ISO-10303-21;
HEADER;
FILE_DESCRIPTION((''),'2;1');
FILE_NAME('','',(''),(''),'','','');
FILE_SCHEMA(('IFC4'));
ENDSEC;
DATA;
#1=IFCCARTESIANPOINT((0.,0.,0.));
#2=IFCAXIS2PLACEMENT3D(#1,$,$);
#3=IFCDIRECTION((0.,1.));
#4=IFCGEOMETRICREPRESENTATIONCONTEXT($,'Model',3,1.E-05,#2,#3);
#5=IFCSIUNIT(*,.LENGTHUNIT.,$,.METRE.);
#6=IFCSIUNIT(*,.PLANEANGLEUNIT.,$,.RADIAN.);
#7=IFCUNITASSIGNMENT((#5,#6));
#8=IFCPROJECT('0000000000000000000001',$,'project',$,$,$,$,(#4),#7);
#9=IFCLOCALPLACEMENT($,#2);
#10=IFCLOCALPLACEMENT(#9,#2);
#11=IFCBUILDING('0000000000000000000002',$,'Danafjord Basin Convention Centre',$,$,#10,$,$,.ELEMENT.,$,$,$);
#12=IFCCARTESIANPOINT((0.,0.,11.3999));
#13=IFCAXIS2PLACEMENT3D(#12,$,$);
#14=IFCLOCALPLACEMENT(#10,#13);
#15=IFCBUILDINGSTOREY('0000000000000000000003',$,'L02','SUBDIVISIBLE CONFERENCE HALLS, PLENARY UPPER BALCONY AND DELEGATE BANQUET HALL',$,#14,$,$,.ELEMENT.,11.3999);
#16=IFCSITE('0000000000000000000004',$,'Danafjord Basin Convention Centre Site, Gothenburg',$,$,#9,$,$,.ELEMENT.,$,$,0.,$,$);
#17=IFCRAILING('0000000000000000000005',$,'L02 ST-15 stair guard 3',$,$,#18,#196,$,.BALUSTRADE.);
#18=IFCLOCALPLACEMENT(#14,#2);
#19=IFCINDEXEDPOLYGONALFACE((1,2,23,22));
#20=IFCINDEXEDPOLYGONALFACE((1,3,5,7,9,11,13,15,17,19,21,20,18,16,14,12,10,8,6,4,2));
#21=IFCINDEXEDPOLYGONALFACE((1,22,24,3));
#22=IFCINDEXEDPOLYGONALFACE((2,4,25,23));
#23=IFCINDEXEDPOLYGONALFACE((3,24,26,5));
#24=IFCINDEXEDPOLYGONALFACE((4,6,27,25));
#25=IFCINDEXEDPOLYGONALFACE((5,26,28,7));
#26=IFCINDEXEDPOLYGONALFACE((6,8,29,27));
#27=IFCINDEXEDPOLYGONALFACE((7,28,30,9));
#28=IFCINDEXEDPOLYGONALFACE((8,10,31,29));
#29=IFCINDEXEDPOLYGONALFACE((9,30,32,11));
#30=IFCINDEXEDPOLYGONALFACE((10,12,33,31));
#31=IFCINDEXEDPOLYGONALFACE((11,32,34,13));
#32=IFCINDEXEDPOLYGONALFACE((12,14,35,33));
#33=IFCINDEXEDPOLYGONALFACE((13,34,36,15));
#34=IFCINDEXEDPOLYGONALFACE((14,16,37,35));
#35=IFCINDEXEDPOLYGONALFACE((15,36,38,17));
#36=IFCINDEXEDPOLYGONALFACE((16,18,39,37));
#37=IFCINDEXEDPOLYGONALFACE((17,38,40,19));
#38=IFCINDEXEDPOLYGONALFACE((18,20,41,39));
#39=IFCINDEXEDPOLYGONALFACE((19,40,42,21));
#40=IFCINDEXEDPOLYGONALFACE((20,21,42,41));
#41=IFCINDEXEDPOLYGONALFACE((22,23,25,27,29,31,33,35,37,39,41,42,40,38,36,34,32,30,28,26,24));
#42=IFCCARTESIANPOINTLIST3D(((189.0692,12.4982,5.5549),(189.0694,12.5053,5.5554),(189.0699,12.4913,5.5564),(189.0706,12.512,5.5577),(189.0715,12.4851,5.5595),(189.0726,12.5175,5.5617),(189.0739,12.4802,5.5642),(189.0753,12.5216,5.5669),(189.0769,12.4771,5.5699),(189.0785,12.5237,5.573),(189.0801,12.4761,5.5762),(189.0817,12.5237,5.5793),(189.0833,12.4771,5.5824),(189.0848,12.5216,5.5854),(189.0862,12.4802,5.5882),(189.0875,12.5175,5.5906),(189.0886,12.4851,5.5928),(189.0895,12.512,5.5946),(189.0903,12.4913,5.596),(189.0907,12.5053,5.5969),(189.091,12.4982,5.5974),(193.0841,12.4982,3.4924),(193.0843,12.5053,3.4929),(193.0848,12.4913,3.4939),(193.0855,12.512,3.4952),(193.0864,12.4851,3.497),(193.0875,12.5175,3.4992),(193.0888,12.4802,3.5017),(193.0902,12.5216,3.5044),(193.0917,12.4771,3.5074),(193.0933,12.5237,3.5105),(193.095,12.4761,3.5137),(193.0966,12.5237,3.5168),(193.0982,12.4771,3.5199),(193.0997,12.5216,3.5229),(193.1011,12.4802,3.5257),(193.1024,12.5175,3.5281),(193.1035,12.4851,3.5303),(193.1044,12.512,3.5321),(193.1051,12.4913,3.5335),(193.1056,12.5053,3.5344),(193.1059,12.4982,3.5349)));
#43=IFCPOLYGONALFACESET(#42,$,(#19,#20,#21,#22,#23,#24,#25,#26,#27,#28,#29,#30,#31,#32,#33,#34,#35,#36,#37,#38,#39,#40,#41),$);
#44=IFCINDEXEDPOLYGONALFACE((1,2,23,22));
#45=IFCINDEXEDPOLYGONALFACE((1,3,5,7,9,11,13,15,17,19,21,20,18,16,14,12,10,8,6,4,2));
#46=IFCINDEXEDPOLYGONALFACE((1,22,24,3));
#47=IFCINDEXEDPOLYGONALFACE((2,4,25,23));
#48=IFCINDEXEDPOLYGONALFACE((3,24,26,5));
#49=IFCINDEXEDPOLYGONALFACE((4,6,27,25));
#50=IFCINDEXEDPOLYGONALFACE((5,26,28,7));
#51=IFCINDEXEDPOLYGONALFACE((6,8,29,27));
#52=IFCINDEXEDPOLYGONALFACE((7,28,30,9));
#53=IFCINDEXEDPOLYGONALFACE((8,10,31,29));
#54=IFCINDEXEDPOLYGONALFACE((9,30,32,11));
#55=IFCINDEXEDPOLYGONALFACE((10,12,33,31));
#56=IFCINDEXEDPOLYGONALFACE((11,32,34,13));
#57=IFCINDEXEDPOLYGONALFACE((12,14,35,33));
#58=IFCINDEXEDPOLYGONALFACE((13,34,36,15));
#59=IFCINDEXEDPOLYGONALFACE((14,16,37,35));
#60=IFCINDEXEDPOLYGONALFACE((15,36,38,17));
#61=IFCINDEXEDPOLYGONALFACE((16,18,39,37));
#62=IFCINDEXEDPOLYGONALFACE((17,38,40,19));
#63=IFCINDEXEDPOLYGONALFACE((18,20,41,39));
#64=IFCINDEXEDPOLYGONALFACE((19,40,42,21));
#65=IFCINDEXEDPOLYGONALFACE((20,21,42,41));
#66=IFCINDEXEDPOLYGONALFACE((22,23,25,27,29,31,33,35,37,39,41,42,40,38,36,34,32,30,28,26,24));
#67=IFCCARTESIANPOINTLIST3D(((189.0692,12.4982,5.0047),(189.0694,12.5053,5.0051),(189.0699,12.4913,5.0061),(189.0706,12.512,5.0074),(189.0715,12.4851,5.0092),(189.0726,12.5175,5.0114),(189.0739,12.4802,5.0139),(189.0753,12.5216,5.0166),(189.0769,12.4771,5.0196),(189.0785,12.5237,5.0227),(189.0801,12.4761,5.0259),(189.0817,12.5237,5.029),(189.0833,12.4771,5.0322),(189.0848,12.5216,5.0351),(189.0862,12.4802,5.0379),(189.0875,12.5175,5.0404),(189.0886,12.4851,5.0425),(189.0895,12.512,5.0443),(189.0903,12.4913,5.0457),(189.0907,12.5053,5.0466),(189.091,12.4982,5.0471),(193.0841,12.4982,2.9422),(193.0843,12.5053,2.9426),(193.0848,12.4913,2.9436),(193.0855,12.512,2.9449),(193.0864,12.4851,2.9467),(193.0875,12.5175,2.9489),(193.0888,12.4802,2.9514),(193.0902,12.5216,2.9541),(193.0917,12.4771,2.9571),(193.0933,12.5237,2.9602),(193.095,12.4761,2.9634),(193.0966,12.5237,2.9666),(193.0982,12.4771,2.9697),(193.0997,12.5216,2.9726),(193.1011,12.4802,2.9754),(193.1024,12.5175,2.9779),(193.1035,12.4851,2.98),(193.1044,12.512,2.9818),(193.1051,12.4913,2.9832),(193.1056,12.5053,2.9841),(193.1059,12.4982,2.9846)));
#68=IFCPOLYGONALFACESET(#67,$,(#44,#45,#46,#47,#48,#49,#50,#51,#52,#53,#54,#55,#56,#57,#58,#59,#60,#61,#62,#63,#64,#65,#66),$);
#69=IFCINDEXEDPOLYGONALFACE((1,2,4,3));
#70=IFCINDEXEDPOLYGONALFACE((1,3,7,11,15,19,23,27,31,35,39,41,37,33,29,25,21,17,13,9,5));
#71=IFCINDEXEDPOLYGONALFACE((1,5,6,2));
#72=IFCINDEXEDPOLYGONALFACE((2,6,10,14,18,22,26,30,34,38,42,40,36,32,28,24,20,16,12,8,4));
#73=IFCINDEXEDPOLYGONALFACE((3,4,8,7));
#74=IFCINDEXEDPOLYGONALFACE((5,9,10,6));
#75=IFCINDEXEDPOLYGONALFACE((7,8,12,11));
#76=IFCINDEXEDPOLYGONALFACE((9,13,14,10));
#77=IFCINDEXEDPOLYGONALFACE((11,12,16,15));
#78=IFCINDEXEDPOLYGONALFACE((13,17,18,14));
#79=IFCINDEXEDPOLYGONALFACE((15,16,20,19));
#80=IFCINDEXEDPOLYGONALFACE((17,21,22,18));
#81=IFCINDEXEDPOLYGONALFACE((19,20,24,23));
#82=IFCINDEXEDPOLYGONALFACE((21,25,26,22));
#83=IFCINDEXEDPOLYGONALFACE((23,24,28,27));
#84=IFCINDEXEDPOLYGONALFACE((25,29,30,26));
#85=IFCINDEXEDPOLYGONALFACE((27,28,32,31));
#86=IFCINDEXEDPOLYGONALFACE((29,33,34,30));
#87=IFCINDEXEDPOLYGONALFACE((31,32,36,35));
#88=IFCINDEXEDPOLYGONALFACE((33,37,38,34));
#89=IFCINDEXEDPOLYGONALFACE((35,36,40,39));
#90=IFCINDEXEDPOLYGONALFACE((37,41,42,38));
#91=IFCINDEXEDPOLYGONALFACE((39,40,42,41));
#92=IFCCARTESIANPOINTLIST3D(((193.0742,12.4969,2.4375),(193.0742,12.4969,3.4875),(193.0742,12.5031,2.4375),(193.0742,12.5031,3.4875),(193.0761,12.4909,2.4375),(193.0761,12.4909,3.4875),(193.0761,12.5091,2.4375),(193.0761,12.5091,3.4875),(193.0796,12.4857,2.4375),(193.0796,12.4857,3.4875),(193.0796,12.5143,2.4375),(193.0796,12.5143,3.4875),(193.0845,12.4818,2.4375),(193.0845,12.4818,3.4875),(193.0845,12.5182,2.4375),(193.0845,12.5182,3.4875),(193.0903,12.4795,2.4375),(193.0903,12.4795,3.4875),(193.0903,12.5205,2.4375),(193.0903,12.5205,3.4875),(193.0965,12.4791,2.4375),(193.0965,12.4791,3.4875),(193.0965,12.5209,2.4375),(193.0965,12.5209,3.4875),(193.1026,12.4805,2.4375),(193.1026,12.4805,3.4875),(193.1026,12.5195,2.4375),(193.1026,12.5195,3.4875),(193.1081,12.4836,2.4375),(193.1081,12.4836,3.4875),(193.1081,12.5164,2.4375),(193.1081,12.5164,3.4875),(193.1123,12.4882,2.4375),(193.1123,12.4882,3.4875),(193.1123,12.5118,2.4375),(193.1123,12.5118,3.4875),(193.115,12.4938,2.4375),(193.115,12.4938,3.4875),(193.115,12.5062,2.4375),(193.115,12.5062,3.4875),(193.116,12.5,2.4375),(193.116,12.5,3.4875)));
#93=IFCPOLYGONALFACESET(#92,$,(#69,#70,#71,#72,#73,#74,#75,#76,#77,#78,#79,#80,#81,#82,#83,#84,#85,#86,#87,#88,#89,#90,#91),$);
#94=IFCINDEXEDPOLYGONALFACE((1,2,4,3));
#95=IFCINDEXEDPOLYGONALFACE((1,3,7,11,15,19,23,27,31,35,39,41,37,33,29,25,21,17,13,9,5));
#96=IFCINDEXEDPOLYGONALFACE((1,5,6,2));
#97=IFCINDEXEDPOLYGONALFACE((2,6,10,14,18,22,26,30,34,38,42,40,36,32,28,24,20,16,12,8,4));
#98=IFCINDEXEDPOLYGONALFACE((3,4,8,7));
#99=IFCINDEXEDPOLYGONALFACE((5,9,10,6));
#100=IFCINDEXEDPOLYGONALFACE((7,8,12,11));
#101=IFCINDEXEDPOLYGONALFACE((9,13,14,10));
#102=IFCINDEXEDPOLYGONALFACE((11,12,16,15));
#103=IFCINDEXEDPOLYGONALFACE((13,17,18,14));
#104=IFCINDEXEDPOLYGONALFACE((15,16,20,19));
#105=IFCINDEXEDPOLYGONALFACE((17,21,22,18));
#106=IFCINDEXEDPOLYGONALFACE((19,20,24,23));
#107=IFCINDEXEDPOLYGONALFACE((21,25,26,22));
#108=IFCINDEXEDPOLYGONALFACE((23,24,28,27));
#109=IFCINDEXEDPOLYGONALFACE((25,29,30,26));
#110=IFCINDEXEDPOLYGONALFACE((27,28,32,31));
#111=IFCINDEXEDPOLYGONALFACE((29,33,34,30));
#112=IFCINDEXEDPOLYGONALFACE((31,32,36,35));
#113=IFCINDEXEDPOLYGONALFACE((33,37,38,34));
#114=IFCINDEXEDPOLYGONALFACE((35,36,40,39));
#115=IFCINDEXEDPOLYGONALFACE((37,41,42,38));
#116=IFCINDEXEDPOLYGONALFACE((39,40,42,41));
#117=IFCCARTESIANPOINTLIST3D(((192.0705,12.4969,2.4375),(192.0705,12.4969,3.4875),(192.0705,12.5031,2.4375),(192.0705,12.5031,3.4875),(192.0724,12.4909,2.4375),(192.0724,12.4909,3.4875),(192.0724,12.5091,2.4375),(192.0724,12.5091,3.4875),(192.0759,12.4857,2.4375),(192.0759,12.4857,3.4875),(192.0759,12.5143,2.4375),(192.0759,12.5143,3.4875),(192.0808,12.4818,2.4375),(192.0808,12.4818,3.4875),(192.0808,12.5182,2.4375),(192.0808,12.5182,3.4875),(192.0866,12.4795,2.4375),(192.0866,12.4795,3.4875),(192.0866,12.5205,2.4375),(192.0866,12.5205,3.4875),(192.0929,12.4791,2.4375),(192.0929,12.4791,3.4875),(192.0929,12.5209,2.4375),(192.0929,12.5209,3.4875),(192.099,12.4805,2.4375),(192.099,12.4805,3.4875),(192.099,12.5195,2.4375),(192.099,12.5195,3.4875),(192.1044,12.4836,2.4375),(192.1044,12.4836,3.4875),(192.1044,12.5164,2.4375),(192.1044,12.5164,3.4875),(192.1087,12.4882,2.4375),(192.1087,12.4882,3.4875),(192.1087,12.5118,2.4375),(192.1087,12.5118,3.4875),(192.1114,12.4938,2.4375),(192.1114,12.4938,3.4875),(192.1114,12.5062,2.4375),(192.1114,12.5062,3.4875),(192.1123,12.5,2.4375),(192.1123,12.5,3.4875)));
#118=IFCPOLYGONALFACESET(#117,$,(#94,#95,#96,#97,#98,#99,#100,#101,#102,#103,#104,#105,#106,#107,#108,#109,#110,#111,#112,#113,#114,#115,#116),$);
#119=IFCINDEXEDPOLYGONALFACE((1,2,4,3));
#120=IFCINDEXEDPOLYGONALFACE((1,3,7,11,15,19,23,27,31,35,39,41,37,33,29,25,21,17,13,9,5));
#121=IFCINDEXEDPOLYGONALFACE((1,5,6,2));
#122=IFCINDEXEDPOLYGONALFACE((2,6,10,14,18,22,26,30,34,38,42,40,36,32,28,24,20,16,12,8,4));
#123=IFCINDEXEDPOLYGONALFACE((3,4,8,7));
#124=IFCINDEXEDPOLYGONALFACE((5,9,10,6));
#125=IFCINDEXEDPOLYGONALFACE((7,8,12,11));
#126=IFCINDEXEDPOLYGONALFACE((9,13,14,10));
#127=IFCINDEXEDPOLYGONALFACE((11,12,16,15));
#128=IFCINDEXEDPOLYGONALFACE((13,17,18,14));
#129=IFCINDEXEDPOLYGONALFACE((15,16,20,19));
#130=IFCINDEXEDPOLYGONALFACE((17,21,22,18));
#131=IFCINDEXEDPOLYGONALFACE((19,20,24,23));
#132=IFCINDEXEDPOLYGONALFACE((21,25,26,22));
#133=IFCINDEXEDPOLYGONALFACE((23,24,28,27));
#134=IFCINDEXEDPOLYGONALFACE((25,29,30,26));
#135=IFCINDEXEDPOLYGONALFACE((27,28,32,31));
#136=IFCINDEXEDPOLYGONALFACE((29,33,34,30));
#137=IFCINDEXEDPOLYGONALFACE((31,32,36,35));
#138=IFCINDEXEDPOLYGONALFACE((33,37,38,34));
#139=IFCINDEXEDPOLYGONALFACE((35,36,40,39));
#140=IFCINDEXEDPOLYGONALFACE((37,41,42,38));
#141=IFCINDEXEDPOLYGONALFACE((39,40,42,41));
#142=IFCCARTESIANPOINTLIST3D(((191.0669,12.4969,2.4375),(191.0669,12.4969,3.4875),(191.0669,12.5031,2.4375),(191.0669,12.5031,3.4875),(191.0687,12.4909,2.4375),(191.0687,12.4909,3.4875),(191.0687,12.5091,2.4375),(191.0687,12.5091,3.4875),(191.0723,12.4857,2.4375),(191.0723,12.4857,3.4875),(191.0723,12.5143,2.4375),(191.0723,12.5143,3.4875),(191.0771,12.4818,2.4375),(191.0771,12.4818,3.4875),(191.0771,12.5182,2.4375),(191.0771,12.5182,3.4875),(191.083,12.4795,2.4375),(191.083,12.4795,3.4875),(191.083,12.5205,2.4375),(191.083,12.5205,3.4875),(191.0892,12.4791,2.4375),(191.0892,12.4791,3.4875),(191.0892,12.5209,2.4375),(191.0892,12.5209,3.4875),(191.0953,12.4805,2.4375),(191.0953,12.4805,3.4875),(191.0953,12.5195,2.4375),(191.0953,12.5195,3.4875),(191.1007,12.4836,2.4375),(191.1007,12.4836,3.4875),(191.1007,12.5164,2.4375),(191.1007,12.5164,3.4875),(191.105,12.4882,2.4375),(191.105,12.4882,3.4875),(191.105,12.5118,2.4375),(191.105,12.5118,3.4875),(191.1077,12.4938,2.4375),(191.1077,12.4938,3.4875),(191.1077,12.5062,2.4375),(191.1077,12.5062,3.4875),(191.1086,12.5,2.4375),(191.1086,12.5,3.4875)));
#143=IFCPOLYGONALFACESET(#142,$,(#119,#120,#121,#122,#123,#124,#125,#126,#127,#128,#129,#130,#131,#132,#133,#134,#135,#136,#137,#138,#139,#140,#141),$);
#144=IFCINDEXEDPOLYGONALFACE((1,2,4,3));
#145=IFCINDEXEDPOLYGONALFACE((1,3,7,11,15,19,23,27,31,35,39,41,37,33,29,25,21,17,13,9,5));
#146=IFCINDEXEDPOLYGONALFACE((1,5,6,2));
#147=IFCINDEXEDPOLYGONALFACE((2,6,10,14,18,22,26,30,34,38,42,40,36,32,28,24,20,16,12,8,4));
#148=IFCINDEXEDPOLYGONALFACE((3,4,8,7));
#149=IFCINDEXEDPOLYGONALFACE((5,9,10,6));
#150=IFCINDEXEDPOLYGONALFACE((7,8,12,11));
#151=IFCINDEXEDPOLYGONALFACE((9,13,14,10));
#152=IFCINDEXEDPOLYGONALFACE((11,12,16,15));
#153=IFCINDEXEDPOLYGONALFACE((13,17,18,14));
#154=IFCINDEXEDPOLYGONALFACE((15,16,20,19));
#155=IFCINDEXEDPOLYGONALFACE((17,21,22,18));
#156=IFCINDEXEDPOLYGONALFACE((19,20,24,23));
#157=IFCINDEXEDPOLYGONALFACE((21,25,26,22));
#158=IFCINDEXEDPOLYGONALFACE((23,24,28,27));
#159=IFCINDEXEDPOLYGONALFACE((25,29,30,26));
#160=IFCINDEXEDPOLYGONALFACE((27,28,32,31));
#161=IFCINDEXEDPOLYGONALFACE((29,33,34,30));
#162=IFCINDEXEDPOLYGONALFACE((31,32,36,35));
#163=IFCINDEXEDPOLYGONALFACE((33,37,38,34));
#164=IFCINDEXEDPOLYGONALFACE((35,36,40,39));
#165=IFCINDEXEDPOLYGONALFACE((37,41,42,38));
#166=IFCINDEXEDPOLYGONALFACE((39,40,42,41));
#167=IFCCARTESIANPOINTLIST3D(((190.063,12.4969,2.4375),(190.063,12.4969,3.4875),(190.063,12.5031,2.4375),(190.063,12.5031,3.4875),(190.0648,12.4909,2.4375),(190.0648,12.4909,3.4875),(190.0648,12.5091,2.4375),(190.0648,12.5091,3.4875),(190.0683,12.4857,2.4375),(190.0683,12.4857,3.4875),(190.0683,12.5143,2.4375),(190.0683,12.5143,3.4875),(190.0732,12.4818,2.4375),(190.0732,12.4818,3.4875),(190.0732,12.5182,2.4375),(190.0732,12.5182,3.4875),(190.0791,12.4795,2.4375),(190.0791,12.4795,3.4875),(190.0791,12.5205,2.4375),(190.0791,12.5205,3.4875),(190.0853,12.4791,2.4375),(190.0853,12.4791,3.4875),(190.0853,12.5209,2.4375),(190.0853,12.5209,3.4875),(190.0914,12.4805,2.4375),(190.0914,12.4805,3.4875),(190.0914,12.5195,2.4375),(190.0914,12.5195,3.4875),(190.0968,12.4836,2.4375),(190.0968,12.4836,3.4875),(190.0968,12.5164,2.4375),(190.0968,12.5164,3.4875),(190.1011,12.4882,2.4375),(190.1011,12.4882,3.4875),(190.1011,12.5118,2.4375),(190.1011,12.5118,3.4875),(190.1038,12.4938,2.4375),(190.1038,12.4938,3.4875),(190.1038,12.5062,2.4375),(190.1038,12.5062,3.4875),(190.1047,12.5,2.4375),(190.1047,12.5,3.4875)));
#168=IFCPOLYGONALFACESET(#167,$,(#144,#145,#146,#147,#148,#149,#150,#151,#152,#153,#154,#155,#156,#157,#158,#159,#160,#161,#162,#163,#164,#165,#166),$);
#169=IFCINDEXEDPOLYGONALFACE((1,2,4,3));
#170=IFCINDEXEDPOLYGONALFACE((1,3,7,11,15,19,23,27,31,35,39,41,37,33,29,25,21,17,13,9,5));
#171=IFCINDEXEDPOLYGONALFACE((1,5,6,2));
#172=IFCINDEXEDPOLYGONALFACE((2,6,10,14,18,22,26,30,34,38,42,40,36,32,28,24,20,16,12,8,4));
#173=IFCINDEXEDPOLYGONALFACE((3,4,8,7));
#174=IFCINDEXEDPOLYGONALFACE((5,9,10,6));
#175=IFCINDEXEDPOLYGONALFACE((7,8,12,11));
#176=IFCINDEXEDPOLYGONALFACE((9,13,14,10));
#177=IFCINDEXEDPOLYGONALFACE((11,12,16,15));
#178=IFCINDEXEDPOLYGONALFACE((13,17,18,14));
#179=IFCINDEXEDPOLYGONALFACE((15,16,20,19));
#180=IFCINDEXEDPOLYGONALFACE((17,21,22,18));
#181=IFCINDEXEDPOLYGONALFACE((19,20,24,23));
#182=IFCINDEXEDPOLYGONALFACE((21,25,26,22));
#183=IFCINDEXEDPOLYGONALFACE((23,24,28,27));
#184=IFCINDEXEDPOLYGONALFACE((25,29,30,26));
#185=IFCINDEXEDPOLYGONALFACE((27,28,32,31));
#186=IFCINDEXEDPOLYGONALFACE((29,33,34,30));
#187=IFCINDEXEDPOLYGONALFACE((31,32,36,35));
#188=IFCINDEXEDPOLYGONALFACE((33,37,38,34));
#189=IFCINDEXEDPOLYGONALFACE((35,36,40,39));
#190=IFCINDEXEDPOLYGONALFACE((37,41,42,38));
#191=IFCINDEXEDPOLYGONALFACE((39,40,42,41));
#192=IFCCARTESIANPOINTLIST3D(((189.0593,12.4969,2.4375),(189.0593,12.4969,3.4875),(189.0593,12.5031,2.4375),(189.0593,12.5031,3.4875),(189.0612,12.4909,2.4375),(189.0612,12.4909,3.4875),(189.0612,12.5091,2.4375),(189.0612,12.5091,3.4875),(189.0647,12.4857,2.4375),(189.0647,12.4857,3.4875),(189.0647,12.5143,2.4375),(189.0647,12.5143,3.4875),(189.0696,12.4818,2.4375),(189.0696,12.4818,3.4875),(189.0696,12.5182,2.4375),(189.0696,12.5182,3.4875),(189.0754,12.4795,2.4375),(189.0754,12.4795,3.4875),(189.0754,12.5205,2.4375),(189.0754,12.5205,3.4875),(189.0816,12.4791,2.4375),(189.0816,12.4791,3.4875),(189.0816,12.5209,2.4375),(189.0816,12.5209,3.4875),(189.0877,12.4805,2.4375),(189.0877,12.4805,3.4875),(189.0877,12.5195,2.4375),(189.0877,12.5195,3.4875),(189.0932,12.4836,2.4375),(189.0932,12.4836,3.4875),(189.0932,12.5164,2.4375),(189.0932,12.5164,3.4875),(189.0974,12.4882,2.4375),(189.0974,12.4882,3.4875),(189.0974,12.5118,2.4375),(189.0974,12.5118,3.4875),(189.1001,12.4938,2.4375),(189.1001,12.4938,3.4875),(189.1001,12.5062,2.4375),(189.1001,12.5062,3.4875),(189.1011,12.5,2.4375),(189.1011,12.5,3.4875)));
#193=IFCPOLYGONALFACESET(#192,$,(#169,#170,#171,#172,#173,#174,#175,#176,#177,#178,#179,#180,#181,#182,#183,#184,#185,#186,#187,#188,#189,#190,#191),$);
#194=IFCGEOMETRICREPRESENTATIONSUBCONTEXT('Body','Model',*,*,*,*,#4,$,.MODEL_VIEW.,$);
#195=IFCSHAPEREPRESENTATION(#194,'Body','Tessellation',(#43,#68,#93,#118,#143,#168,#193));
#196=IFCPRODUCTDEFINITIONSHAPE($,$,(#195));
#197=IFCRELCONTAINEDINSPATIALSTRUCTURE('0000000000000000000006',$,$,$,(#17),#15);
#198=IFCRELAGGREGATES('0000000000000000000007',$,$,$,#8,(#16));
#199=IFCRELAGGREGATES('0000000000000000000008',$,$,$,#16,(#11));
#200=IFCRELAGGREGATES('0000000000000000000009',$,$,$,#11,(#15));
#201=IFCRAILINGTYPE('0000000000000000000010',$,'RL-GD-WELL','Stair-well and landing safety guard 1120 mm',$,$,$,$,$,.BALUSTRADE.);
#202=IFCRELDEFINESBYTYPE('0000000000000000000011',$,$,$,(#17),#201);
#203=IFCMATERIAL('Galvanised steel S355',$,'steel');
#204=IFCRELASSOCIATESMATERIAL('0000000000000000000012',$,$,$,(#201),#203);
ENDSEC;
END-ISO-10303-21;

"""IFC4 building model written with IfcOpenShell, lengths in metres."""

from ifc_helpers import new_model, si_unit, direction, frame, origin, origin_2d, place, context, subcontext, project, spatial, circle, extrude, material, type_object, element, save


model = new_model("IFC4")

# Units and contexts
model_context = context("Model", 3, precision=1e-05, world=origin(), true_north=direction((0.0, 1.0)))
body_context = subcontext(model_context, "Body", "Model", "MODEL_VIEW")
ifc_project = project(units=[si_unit("LENGTHUNIT", "METRE"), si_unit("PLANEANGLEUNIT", "RADIAN")], contexts=[model_context])

# Site, building, storey
site_placement = place(None, origin())
site = spatial("IfcSite", under=ifc_project, at=site_placement, Name="Danafjord Basin Convention Centre Site, Gothenburg", CompositionType="ELEMENT", RefElevation=0.0)
building_placement = place(site_placement, origin())
building = spatial("IfcBuilding", under=site, at=building_placement, Name="Danafjord Basin Convention Centre", CompositionType="ELEMENT")
storey_placement = place(building_placement, frame((0.0, 0.0, 11.3999)))
storey = spatial("IfcBuildingStorey", under=building, at=storey_placement, Name="L02", Description="SUBDIVISIBLE CONFERENCE HALLS, PLENARY UPPER BALCONY AND DELEGATE BANQUET HALL", CompositionType="ELEMENT", Elevation=11.3999)

# Railing
ifc_material_1 = material(Name="Galvanised steel S355", Category="steel")
railing_type_1 = type_object("IfcRailingType", Name="RL-GD-WELL", Description="Stair-well and landing safety guard 1120 mm", PredefinedType="BALUSTRADE", material=ifc_material_1)
railing_1_placement = place(storey_placement, frame((193.095, 12.5, 2.4375)))
element("IfcRailing", 1, at=railing_1_placement, inside=storey, type_object=railing_type_1, Name="L02 ST-15 stair guard 3", PredefinedType="BALUSTRADE", context=body_context, shape_type="SweptSolid", body=[
    extrude(circle(Radius=0.0239, at=origin_2d()), frame((0.0, 0.0, 1.0762), z_axis=(-0.889495, 0.0, 0.456945), x_axis=(0.0, -1.0, 0.0)), (0.0, 0.0, 1.0), 4.5137),
    extrude(circle(Radius=0.0239, at=origin_2d()), frame((0.0, 0.0, 0.5259), z_axis=(-0.889495, 0.0, 0.456945), x_axis=(0.0, -1.0, 0.0)), (0.0, 0.0, 1.0), 4.5137),
    extrude(circle(Radius=0.021, at=origin_2d()), origin(), (0.0, 0.0, 1.0), 1.05),
    extrude(circle(Radius=0.021, at=origin_2d()), frame((-1.0037, 0.0, 0.0)), (0.0, 0.0, 1.0), 1.05),
    extrude(circle(Radius=0.021, at=origin_2d()), frame((-2.0073, 0.0, 0.0)), (0.0, 0.0, 1.0), 1.05),
    extrude(circle(Radius=0.021, at=origin_2d()), frame((-3.0112, 0.0, 0.0)), (0.0, 0.0, 1.0), 1.05),
    extrude(circle(Radius=0.021, at=origin_2d()), frame((-4.0149, 0.0, 0.0)), (0.0, 0.0, 1.0), 1.05),
])

save(model, "model.ifc")
